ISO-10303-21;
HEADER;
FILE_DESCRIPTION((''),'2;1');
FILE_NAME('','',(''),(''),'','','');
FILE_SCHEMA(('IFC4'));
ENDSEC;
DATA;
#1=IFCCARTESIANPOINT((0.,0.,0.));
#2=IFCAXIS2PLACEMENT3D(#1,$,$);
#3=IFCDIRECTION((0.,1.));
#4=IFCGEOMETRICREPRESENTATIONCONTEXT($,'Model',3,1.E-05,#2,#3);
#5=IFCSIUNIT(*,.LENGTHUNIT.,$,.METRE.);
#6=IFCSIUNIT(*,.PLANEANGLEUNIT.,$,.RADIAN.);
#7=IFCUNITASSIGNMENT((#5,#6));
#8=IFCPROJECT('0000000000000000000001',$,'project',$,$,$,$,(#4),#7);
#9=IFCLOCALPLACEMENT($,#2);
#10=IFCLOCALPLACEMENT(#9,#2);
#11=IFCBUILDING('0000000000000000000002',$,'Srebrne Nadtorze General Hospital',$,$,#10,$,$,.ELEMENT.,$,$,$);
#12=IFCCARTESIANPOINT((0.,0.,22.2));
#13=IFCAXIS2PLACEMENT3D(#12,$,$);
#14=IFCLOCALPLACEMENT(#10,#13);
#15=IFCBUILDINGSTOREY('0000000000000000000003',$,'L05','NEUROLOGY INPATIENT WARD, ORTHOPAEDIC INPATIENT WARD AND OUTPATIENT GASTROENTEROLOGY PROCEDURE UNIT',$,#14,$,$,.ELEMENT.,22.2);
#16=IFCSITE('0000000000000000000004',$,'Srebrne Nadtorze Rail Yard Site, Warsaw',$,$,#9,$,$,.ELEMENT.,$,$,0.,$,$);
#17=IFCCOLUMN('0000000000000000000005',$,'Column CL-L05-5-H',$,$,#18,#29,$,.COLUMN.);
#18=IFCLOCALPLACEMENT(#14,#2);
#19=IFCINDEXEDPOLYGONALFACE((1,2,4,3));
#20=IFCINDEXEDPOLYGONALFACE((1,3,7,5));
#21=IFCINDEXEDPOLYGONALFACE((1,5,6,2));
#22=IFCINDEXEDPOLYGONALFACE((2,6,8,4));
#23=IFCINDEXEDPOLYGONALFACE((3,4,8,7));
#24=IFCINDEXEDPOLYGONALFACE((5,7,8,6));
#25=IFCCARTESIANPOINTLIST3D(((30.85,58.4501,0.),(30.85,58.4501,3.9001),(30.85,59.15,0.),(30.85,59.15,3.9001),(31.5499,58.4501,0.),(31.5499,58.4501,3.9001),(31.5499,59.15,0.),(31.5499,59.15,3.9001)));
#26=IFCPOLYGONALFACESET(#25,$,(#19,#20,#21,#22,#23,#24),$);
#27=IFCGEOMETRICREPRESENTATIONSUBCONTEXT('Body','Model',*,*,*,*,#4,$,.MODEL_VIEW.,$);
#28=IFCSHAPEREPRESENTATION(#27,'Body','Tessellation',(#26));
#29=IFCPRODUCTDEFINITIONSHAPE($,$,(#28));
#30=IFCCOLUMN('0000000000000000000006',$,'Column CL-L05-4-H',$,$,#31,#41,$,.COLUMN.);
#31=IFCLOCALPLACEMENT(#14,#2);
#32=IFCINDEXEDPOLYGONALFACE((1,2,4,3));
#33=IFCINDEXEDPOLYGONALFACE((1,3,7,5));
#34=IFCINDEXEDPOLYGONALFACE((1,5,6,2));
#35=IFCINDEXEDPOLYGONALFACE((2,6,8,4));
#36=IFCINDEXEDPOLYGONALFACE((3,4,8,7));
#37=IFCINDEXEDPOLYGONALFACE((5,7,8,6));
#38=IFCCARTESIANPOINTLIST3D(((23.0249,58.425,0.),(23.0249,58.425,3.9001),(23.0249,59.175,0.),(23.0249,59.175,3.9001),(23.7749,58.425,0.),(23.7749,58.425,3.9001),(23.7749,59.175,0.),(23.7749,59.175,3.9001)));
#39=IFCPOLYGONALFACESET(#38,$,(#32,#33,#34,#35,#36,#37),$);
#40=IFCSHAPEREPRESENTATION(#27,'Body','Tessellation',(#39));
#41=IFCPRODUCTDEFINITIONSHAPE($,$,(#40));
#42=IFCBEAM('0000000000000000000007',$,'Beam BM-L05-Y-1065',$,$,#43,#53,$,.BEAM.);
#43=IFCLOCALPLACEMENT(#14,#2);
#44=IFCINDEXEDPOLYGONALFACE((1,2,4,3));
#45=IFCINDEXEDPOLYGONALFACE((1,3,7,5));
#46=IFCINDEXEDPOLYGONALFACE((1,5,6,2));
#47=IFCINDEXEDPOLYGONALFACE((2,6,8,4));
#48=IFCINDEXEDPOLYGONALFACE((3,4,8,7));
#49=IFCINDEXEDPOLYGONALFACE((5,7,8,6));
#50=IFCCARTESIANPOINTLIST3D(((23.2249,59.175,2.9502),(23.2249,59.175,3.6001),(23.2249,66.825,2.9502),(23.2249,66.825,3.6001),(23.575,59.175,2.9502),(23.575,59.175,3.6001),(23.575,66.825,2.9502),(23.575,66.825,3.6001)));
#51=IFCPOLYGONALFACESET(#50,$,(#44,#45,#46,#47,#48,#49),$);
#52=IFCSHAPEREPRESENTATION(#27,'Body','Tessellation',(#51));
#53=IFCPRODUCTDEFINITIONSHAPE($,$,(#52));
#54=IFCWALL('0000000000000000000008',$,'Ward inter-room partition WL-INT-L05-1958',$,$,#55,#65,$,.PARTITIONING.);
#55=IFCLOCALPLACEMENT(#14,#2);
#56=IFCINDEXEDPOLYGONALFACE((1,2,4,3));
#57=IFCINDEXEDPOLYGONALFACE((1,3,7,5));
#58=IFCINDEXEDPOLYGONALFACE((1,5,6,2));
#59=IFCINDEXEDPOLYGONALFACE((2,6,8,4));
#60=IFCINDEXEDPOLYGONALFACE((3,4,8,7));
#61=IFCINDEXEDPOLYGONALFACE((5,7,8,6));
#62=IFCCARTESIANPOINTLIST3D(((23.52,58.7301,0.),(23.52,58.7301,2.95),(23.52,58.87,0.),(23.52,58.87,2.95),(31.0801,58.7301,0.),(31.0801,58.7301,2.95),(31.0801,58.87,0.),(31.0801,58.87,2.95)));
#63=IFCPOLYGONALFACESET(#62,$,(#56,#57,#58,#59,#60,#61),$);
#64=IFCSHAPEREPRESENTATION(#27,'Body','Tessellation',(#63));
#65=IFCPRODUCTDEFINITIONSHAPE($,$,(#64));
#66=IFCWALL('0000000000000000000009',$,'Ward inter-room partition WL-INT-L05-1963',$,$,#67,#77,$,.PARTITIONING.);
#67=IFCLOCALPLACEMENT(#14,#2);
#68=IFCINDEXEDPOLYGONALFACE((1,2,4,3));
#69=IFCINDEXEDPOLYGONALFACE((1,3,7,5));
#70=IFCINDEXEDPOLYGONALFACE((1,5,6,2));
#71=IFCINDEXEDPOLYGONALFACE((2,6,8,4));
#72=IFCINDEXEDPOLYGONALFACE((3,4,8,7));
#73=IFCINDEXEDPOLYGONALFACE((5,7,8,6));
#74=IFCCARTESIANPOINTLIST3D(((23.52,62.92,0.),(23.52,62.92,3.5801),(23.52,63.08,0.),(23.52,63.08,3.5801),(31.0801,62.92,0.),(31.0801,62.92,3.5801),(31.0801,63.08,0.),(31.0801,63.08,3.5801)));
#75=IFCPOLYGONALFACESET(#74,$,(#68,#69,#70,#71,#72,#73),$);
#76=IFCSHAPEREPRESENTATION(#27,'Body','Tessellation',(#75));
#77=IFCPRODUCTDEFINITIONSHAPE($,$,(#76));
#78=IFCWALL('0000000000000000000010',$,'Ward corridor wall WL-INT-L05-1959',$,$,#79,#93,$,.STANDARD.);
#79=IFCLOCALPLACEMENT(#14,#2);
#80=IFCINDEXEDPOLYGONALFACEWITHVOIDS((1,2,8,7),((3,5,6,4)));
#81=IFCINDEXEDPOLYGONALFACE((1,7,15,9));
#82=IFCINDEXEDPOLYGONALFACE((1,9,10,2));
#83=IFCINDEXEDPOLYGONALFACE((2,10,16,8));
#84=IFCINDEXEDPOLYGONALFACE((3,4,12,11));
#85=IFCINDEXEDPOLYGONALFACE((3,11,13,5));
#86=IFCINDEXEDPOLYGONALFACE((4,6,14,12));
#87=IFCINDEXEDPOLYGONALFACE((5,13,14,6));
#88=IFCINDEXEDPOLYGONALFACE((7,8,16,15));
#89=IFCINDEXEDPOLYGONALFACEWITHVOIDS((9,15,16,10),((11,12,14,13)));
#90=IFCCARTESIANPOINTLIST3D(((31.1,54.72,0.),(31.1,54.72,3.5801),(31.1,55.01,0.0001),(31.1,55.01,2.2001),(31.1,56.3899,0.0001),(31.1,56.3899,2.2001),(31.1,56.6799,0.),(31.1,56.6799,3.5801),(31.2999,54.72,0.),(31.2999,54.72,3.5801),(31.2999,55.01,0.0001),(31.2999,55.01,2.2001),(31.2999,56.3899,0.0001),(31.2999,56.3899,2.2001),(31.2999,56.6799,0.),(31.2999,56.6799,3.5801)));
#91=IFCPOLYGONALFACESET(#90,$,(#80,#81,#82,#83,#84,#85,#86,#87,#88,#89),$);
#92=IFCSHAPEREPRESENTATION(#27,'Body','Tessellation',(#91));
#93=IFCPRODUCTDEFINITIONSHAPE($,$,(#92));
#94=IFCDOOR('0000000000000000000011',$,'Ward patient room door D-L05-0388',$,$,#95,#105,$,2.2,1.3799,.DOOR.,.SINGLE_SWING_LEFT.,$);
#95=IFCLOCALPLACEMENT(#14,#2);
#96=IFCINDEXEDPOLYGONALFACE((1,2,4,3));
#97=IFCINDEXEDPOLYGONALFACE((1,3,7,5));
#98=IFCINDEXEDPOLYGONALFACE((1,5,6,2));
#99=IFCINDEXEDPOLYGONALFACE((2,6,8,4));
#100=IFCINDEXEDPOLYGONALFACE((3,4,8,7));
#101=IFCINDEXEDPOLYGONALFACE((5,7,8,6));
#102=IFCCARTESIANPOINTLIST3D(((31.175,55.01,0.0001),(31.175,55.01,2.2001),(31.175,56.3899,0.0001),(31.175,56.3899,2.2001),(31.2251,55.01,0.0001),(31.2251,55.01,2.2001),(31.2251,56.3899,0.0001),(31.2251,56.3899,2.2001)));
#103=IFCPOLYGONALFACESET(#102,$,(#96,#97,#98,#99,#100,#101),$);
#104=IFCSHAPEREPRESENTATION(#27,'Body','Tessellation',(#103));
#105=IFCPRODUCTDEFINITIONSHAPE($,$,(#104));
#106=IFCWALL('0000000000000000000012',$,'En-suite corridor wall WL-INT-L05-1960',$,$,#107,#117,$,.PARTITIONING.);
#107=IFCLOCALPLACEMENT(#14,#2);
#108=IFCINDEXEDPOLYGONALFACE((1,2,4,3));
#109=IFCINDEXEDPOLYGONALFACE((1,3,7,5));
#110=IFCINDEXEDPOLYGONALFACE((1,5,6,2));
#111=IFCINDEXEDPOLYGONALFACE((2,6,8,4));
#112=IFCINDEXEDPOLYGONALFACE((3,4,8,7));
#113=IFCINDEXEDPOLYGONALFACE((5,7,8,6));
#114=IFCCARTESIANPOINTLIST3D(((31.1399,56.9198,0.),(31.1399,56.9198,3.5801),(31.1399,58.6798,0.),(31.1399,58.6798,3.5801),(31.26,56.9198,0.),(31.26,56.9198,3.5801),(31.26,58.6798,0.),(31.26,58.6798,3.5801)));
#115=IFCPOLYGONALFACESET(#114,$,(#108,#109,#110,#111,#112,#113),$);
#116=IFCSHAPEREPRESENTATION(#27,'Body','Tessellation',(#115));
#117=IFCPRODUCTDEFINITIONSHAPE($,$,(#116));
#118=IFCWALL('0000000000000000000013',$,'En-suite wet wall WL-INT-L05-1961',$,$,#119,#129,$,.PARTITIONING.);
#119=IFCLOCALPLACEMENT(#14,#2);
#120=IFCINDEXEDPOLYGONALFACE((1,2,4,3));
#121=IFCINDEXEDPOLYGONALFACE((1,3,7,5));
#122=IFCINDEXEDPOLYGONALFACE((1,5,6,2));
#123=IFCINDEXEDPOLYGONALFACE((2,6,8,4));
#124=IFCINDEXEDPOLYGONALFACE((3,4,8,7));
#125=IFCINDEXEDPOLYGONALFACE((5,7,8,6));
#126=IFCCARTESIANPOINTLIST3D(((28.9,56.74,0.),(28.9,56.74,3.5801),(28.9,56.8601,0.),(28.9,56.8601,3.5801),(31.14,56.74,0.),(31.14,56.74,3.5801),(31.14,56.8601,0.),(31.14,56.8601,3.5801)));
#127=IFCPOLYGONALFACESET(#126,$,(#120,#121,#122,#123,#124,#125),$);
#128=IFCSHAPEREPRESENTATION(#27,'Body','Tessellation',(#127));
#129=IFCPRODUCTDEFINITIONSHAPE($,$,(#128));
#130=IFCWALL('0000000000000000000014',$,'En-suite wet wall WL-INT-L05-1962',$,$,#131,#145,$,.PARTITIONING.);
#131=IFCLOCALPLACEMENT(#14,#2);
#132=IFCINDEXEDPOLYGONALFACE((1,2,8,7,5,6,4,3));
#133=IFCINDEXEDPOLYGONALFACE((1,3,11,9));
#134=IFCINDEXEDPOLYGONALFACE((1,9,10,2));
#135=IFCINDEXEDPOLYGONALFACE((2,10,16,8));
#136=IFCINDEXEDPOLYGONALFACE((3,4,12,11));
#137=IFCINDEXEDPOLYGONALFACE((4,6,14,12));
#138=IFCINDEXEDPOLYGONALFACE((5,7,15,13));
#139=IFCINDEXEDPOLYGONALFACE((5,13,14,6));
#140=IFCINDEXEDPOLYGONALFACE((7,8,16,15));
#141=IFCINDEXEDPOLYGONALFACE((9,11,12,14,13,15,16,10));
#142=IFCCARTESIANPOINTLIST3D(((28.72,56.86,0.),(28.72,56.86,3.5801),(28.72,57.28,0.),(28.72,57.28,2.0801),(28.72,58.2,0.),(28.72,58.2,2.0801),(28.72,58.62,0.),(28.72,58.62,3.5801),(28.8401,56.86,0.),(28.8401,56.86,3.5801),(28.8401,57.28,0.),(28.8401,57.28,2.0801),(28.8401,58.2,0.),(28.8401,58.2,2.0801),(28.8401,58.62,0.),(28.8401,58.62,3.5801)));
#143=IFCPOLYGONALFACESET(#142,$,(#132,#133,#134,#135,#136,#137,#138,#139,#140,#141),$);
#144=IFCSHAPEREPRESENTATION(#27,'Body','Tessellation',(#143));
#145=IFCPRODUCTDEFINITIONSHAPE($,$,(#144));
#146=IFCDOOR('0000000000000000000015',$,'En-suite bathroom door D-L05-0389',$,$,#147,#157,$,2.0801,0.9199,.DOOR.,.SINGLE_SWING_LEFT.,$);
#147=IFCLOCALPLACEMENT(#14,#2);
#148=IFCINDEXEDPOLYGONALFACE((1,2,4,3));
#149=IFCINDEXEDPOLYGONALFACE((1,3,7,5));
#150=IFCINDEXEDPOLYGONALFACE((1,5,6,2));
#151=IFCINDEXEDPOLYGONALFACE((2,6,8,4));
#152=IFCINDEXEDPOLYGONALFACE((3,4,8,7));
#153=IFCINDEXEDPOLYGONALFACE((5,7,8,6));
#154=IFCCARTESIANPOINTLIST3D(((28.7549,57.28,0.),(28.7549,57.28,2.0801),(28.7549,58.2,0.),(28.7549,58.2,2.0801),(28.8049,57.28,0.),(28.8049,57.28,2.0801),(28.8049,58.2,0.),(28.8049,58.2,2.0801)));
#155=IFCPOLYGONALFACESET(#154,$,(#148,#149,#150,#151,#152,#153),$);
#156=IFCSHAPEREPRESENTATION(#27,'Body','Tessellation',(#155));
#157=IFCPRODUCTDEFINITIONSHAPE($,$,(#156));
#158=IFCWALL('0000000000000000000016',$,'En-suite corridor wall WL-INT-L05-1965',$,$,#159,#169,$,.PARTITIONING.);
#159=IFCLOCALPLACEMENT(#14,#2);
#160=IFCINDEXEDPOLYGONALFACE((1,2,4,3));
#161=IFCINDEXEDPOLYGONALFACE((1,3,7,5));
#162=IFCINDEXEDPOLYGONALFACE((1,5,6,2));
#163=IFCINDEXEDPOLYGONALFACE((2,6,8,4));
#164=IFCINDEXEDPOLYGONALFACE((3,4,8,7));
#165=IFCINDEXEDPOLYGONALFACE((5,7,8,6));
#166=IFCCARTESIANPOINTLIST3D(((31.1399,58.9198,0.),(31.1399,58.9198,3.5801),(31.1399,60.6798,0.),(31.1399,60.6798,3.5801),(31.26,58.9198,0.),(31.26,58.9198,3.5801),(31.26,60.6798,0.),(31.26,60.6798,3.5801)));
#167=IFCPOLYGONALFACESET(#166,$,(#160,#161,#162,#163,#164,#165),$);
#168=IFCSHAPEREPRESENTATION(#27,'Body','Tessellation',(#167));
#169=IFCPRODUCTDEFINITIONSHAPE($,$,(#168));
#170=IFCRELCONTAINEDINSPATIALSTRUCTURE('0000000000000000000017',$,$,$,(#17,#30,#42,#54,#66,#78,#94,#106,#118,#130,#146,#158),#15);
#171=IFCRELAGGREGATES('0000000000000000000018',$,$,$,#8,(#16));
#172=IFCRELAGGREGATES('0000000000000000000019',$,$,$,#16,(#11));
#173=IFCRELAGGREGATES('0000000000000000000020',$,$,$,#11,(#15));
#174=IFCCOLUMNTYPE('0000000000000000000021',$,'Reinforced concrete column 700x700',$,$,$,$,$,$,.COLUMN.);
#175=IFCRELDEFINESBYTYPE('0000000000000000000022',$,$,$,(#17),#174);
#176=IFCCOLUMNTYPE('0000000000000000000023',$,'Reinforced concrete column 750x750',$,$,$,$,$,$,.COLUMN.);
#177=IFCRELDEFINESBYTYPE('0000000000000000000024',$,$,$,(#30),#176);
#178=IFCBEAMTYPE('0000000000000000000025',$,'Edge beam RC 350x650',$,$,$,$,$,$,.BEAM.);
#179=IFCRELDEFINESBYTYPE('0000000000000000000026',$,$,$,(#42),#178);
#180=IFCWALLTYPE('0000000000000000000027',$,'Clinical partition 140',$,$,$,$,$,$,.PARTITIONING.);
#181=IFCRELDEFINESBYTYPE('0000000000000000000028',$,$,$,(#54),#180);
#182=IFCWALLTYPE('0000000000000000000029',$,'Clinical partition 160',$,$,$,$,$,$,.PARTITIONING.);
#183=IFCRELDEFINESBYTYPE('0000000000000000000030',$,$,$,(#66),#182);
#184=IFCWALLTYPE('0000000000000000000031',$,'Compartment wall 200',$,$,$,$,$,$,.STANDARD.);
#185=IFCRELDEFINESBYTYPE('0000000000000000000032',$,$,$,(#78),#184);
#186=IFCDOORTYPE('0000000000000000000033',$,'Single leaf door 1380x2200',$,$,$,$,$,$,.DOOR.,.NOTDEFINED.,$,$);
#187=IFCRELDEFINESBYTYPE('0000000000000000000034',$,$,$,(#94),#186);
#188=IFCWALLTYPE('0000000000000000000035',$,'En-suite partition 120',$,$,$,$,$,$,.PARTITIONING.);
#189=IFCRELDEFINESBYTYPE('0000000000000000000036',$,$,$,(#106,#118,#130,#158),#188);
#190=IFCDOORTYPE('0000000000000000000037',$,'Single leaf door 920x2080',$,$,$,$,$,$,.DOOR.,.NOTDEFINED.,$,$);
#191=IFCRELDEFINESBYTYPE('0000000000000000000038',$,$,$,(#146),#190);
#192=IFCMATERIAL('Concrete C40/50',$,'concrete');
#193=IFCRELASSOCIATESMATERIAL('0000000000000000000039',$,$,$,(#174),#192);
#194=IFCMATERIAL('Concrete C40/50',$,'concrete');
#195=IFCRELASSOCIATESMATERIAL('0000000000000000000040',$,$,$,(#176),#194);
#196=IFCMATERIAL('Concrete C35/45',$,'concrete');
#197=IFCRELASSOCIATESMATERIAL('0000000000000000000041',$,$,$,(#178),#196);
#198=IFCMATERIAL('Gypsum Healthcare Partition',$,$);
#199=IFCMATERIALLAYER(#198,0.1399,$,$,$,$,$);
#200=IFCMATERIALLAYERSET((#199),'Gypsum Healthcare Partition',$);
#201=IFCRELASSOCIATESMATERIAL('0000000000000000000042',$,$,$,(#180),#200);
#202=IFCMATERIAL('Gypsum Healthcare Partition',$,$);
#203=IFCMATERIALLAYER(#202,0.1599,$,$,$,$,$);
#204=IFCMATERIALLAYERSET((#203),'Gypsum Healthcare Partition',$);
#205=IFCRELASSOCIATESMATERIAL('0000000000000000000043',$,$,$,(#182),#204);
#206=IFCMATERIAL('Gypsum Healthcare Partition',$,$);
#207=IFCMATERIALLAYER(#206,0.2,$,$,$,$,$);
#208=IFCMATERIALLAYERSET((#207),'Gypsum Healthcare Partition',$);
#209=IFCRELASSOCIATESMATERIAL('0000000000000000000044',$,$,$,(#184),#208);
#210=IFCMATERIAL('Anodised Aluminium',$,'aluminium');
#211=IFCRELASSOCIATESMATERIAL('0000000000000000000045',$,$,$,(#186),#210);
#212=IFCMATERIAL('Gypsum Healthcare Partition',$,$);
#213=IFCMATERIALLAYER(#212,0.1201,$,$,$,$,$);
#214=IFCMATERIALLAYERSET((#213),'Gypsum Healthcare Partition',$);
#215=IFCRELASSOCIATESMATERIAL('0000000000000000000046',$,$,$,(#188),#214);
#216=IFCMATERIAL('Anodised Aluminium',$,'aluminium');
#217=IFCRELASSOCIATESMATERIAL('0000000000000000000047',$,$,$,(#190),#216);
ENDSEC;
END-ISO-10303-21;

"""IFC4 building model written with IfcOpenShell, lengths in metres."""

from ifc_helpers import new_model, si_unit, direction, frame, frame_2d, origin, origin_2d, place, context, subcontext, project, spatial, rectangle, extrude, material, layer, layer_set, material_profile, profile_set, type_object, element, fill, save


model = new_model("IFC4")

# Units and contexts
model_context = context("Model", 3, precision=1e-05, world=origin(), true_north=direction((0.0, 1.0)))
body_context = subcontext(model_context, "Body", "Model", "MODEL_VIEW")
ifc_project = project(units=[si_unit("LENGTHUNIT", "METRE"), si_unit("PLANEANGLEUNIT", "RADIAN")], contexts=[model_context])

# Site, building, storey
site_placement = place(None, origin())
site = spatial("IfcSite", under=ifc_project, at=site_placement, Name="Srebrne Nadtorze Rail Yard Site, Warsaw", CompositionType="ELEMENT", RefElevation=0.0)
building_placement = place(site_placement, origin())
building = spatial("IfcBuilding", under=site, at=building_placement, Name="Srebrne Nadtorze General Hospital", CompositionType="ELEMENT")
storey_placement = place(building_placement, frame((0.0, 0.0, 22.2)))
storey = spatial("IfcBuildingStorey", under=building, at=storey_placement, Name="L05", Description="NEUROLOGY INPATIENT WARD, ORTHOPAEDIC INPATIENT WARD AND OUTPATIENT GASTROENTEROLOGY PROCEDURE UNIT", CompositionType="ELEMENT", Elevation=22.2)

# Columns
ifc_material_1 = material(Name="Concrete C40/50", Category="concrete")
ifc_material_profile_1 = material_profile(ifc_material_1, rectangle(XDim=0.7, YDim=0.7, at=origin_2d()), Name="RC-COL-700x700")
ifc_profile_set_1 = profile_set([ifc_material_profile_1], Name="Concrete C40/50")
column_type_1 = type_object("IfcColumnType", Name="Reinforced concrete column 700x700", PredefinedType="COLUMN", material=ifc_profile_set_1)
column_1_placement = place(storey_placement, frame((31.2, 58.8, 0.0), z_axis=(0.0, 0.0, 1.0), x_axis=(1.0, 0.0, 0.0)))
element("IfcColumn", 1, at=column_1_placement, inside=storey, type_object=column_type_1, Name="Column CL-L05-5-H", PredefinedType="COLUMN", context=body_context, shape_type="SweptSolid", body=[
    extrude(rectangle(XDim=0.7, YDim=0.7, at=origin_2d()), origin(), (0.0, 0.0, 1.0), 3.9001),
])
ifc_material_2 = material(Name="Concrete C40/50", Category="concrete")
ifc_material_profile_2 = material_profile(ifc_material_2, rectangle(XDim=0.75, YDim=0.75, at=origin_2d()), Name="RC-COL-750x750")
ifc_profile_set_2 = profile_set([ifc_material_profile_2], Name="Concrete C40/50")
column_type_2 = type_object("IfcColumnType", Name="Reinforced concrete column 750x750", PredefinedType="COLUMN", material=ifc_profile_set_2)
column_2_placement = place(storey_placement, frame((23.3999, 58.8, 0.0), z_axis=(0.0, 0.0, 1.0), x_axis=(1.0, 0.0, 0.0)))
element("IfcColumn", 2, at=column_2_placement, inside=storey, type_object=column_type_2, Name="Column CL-L05-4-H", PredefinedType="COLUMN", context=body_context, shape_type="SweptSolid", body=[
    extrude(rectangle(XDim=0.75, YDim=0.75, at=origin_2d()), origin(), (0.0, 0.0, 1.0), 3.9001),
])

# Beam
ifc_material_3 = material(Name="Concrete C35/45", Category="concrete")
ifc_material_profile_3 = material_profile(ifc_material_3, rectangle(XDim=0.3501, YDim=0.6499, at=origin_2d()), Name="RC-BM-350x650")
ifc_profile_set_3 = profile_set([ifc_material_profile_3], Name="Concrete C35/45")
beam_type = type_object("IfcBeamType", Name="Edge beam RC 350x650", PredefinedType="BEAM", material=ifc_profile_set_3)
beam_placement = place(storey_placement, frame((23.3999, 59.175, 3.2751), z_axis=(0.0, 1.0, 0.0), x_axis=(-1.0, 0.0, 0.0)))
element("IfcBeam", 3, at=beam_placement, inside=storey, type_object=beam_type, Name="Beam BM-L05-Y-1065", PredefinedType="BEAM", context=body_context, shape_type="SweptSolid", body=[
    extrude(rectangle(XDim=0.3501, YDim=0.6499, at=origin_2d()), origin(), (0.0, 0.0, 1.0), 7.6499),
])

# Walls
ifc_material_4 = material(Name="Gypsum Healthcare Partition")
ifc_layer_1 = layer(ifc_material_4, 0.1399)
ifc_layer_set_1 = layer_set([ifc_layer_1], Name="Gypsum Healthcare Partition")
wall_type_1 = type_object("IfcWallType", Name="Clinical partition 140", PredefinedType="PARTITIONING", material=ifc_layer_set_1)
wall_1_placement = place(storey_placement, frame((23.52, 58.8, 0.0), z_axis=(0.0, 0.0, 1.0), x_axis=(1.0, 0.0, 0.0)))
element("IfcWall", 4, at=wall_1_placement, inside=storey, type_object=wall_type_1, Name="Ward inter-room partition WL-INT-L05-1958", PredefinedType="PARTITIONING", context=body_context, shape_type="SweptSolid", body=[
    extrude(rectangle(XDim=7.5601, YDim=0.1399, at=frame_2d((3.78, 0.0))), origin(), (0.0, 0.0, 1.0), 2.95),
])
ifc_material_5 = material(Name="Gypsum Healthcare Partition")
ifc_layer_2 = layer(ifc_material_5, 0.1599)
ifc_layer_set_2 = layer_set([ifc_layer_2], Name="Gypsum Healthcare Partition")
wall_type_2 = type_object("IfcWallType", Name="Clinical partition 160", PredefinedType="PARTITIONING", material=ifc_layer_set_2)
wall_2_placement = place(storey_placement, frame((23.52, 63.0, 0.0), z_axis=(0.0, 0.0, 1.0), x_axis=(1.0, 0.0, 0.0)))
element("IfcWall", 5, at=wall_2_placement, inside=storey, type_object=wall_type_2, Name="Ward inter-room partition WL-INT-L05-1963", PredefinedType="PARTITIONING", context=body_context, shape_type="SweptSolid", body=[
    extrude(rectangle(XDim=7.5601, YDim=0.1599, at=frame_2d((3.78, 0.0))), origin(), (0.0, 0.0, 1.0), 3.5801),
])

# Wall, opening, door
ifc_material_6 = material(Name="Gypsum Healthcare Partition")
ifc_layer_3 = layer(ifc_material_6, 0.2)
ifc_layer_set_3 = layer_set([ifc_layer_3], Name="Gypsum Healthcare Partition")
wall_type_3 = type_object("IfcWallType", Name="Compartment wall 200", PredefinedType="STANDARD", material=ifc_layer_set_3)
wall_3_placement = place(storey_placement, frame((31.2, 54.72, 0.0), z_axis=(0.0, 0.0, 1.0), x_axis=(0.0, 1.0, 0.0)))
wall_3 = element("IfcWall", 6, at=wall_3_placement, inside=storey, type_object=wall_type_3, Name="Ward corridor wall WL-INT-L05-1959", PredefinedType="STANDARD", context=body_context, shape_type="SweptSolid", body=[
    extrude(rectangle(XDim=1.96, YDim=0.2, at=frame_2d((0.98, 0.0))), origin(), (0.0, 0.0, 1.0), 3.5801),
])
opening_1_placement = place(wall_3_placement, frame((0.29, 0.0, 0.0)))
opening_1 = element("IfcOpeningElement", 7, at=opening_1_placement, cuts=wall_3, PredefinedType="OPENING", context=body_context, shape_type="SweptSolid", body=[
    extrude(rectangle(XDim=1.3799, YDim=2.2, at=frame_2d((0.6899, 1.1001))), frame((0.0, 0.1118, 0.0), z_axis=(0.0, -1.0, 0.0), x_axis=(1.0, 0.0, 0.0)), (0.0, 0.0, 1.0), 0.2239),
])
ifc_material_7 = material(Name="Anodised Aluminium", Category="aluminium")
door_type_1 = type_object("IfcDoorType", Name="Single leaf door 1380x2200", OperationType="NOTDEFINED", PredefinedType="DOOR", material=ifc_material_7)
door_1_placement = place(opening_1_placement, origin())
door_1 = element("IfcDoor", 8, at=door_1_placement, inside=storey, type_object=door_type_1, Name="Ward patient room door D-L05-0388", OperationType="SINGLE_SWING_LEFT", OverallHeight=2.2, OverallWidth=1.3799, PredefinedType="DOOR", context=body_context, shape_type="SweptSolid", body=[
    extrude(rectangle(XDim=1.3799, YDim=2.2, at=frame_2d((0.6899, 1.1001))), frame((0.0, 0.0249, 0.0), z_axis=(0.0, -1.0, 0.0), x_axis=(1.0, 0.0, 0.0)), (0.0, 0.0, 1.0), 0.05),
])
fill(opening_1, door_1)

# Walls
ifc_material_8 = material(Name="Gypsum Healthcare Partition")
ifc_layer_4 = layer(ifc_material_8, 0.1201)
ifc_layer_set_4 = layer_set([ifc_layer_4], Name="Gypsum Healthcare Partition")
wall_type_4 = type_object("IfcWallType", Name="En-suite partition 120", PredefinedType="PARTITIONING", material=ifc_layer_set_4)
wall_4_placement = place(storey_placement, frame((31.2, 56.9199, 0.0), z_axis=(0.0, 0.0, 1.0), x_axis=(0.0, 1.0, 0.0)))
element("IfcWall", 9, at=wall_4_placement, inside=storey, type_object=wall_type_4, Name="En-suite corridor wall WL-INT-L05-1960", PredefinedType="PARTITIONING", context=body_context, shape_type="SweptSolid", body=[
    extrude(rectangle(XDim=1.76, YDim=0.1201, at=frame_2d((0.8799, 0.0))), origin(), (0.0, 0.0, 1.0), 3.5801),
])
wall_5_placement = place(storey_placement, frame((28.8999, 56.8, 0.0), z_axis=(0.0, 0.0, 1.0), x_axis=(1.0, 0.0, 0.0)))
element("IfcWall", 10, at=wall_5_placement, inside=storey, type_object=wall_type_4, Name="En-suite wet wall WL-INT-L05-1961", PredefinedType="PARTITIONING", context=body_context, shape_type="SweptSolid", body=[
    extrude(rectangle(XDim=2.24, YDim=0.1201, at=frame_2d((1.1201, 0.0))), origin(), (0.0, 0.0, 1.0), 3.5801),
])

# Wall, opening, door
wall_6_placement = place(storey_placement, frame((28.78, 56.8601, 0.0), z_axis=(0.0, 0.0, 1.0), x_axis=(0.0, 1.0, 0.0)))
wall_6 = element("IfcWall", 11, at=wall_6_placement, inside=storey, type_object=wall_type_4, Name="En-suite wet wall WL-INT-L05-1962", PredefinedType="PARTITIONING", context=body_context, shape_type="SweptSolid", body=[
    extrude(rectangle(XDim=1.76, YDim=0.1201, at=frame_2d((0.8799, 0.0))), origin(), (0.0, 0.0, 1.0), 3.5801),
])
opening_2_placement = place(wall_6_placement, frame((0.4199, 0.0, 0.0)))
opening_2 = element("IfcOpeningElement", 12, at=opening_2_placement, cuts=wall_6, PredefinedType="OPENING", context=body_context, shape_type="SweptSolid", body=[
    extrude(rectangle(XDim=0.9199, YDim=2.0801, at=frame_2d((0.46, 1.04))), frame((0.0, 0.072, 0.0), z_axis=(0.0, -1.0, 0.0), x_axis=(1.0, 0.0, 0.0)), (0.0, 0.0, 1.0), 0.144),
])
ifc_material_9 = material(Name="Anodised Aluminium", Category="aluminium")
door_type_2 = type_object("IfcDoorType", Name="Single leaf door 920x2080", OperationType="NOTDEFINED", PredefinedType="DOOR", material=ifc_material_9)
door_2_placement = place(opening_2_placement, frame((0.9199, 0.0, 0.0), z_axis=(0.0, 0.0, 1.0), x_axis=(-1.0, 0.0, 0.0)))
door_2 = element("IfcDoor", 13, at=door_2_placement, inside=storey, type_object=door_type_2, Name="En-suite bathroom door D-L05-0389", OperationType="SINGLE_SWING_LEFT", OverallHeight=2.0801, OverallWidth=0.9199, PredefinedType="DOOR", context=body_context, shape_type="SweptSolid", body=[
    extrude(rectangle(XDim=0.9199, YDim=2.0801, at=frame_2d((0.46, 1.04))), frame((0.0, 0.0249, 0.0), z_axis=(0.0, -1.0, 0.0), x_axis=(1.0, 0.0, 0.0)), (0.0, 0.0, 1.0), 0.05),
])
fill(opening_2, door_2)

# Wall
wall_7_placement = place(storey_placement, frame((31.2, 58.9199, 0.0), z_axis=(0.0, 0.0, 1.0), x_axis=(0.0, 1.0, 0.0)))
element("IfcWall", 14, at=wall_7_placement, inside=storey, type_object=wall_type_4, Name="En-suite corridor wall WL-INT-L05-1965", PredefinedType="PARTITIONING", context=body_context, shape_type="SweptSolid", body=[
    extrude(rectangle(XDim=1.76, YDim=0.1201, at=frame_2d((0.8799, 0.0))), origin(), (0.0, 0.0, 1.0), 3.5801),
])

save(model, "model.ifc")
